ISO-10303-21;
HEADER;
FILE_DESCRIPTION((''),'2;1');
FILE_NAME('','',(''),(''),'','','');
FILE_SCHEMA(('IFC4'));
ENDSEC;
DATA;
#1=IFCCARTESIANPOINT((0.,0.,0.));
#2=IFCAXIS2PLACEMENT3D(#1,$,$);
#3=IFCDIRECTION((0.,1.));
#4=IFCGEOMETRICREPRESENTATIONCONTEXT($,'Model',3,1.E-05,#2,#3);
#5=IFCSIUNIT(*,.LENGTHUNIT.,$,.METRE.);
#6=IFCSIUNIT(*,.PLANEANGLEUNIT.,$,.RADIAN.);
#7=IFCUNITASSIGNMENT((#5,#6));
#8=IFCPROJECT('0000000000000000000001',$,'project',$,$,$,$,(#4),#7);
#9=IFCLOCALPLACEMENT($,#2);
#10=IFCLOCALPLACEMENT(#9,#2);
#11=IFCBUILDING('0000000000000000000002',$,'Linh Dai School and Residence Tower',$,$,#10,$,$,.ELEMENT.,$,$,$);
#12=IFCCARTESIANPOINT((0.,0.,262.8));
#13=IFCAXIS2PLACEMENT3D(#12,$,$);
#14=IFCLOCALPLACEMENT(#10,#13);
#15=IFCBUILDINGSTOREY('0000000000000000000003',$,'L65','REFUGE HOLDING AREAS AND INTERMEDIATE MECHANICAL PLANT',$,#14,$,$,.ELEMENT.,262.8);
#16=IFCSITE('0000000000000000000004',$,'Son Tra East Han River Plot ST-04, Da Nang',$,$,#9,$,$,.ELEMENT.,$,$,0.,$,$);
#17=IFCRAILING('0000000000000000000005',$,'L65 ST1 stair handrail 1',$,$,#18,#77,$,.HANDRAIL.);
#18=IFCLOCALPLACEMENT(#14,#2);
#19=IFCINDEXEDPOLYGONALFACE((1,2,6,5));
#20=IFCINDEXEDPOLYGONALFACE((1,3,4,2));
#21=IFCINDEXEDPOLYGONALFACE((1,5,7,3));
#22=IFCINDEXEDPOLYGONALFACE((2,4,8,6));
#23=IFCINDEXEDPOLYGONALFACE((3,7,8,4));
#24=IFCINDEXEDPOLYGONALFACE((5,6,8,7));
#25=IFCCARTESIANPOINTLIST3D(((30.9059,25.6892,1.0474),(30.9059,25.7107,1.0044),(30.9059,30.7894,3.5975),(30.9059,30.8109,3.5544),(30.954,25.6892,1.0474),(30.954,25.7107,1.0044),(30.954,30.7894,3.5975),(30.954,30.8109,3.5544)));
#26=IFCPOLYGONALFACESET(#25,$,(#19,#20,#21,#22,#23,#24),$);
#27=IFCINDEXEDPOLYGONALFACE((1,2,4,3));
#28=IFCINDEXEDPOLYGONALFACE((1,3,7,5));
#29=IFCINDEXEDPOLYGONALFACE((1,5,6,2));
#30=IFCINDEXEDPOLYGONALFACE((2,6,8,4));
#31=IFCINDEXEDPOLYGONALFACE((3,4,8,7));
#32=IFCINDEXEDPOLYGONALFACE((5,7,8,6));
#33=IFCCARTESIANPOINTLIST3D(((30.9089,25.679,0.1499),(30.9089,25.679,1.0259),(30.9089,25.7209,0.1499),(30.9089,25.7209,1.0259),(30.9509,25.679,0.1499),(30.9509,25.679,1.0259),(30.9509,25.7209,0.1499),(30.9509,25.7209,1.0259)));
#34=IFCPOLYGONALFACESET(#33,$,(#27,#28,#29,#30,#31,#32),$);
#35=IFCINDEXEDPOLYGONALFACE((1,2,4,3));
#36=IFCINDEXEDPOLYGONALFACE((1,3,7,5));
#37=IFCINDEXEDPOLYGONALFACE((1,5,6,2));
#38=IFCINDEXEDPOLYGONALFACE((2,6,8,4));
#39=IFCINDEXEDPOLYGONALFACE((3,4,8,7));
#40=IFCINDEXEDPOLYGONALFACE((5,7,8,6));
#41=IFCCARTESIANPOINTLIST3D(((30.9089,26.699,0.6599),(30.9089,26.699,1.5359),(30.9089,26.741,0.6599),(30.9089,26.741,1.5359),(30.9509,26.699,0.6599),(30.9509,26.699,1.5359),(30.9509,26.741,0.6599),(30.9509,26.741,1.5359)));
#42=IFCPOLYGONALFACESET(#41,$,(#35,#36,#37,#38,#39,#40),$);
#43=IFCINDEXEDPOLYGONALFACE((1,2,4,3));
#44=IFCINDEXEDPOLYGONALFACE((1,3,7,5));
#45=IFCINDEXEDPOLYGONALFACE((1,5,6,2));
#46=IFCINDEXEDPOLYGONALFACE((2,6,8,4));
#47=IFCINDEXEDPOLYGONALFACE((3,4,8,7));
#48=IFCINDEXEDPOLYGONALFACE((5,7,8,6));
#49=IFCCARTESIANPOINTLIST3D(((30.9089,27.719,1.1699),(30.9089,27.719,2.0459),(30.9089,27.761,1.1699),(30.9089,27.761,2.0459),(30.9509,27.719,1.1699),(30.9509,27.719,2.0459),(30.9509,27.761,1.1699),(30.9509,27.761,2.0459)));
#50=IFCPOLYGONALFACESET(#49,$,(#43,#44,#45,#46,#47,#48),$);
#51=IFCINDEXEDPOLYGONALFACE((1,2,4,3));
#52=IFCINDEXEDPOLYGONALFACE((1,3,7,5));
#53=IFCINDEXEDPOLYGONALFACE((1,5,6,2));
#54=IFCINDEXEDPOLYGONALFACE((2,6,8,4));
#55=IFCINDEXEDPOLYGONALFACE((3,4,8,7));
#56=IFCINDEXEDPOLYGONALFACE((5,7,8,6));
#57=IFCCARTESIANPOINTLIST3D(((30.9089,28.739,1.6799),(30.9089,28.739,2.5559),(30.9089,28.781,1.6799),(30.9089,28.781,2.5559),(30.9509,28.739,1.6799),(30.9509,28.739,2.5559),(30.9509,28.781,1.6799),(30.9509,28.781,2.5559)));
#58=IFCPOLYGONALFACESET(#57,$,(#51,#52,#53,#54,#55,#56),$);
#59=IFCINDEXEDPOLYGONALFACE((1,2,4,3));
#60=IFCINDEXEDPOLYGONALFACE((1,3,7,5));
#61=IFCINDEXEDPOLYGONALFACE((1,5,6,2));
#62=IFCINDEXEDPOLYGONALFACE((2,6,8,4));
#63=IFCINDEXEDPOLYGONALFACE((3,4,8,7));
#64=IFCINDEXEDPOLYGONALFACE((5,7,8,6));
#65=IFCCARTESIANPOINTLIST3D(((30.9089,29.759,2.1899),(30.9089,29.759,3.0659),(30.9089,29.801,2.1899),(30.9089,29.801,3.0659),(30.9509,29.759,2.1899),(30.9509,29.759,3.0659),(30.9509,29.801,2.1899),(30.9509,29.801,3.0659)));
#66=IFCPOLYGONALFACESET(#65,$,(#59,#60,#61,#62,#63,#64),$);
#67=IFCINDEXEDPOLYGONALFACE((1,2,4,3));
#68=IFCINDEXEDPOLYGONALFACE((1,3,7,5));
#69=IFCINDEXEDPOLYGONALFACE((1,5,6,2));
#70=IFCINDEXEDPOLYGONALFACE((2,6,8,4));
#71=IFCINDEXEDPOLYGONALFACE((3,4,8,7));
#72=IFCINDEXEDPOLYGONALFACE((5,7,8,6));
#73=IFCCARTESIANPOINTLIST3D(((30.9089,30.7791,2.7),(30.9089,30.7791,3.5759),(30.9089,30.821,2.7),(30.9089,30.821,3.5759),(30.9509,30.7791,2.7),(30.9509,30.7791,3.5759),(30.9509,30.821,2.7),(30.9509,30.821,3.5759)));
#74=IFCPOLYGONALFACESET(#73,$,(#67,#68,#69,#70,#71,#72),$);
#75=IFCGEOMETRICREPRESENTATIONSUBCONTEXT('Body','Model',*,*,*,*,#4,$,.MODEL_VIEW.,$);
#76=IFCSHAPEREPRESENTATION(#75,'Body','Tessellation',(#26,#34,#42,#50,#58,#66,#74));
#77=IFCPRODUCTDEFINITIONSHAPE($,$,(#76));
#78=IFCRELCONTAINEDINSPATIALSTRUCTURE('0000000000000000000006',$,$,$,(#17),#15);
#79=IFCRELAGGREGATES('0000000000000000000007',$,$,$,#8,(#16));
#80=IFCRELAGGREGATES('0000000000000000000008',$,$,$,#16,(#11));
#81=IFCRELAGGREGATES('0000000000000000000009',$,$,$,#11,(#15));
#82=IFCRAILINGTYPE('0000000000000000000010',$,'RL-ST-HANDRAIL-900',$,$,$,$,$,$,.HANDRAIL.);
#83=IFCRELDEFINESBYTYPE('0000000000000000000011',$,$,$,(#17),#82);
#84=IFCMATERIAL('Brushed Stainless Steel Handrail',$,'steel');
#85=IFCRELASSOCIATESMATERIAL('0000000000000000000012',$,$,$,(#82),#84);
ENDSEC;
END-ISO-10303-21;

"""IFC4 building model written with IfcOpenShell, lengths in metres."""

from ifc_helpers import new_model, si_unit, direction, frame, origin, origin_2d, place, context, subcontext, project, spatial, rectangle, extrude, source, transform, mapped, material, type_object, element, save


model = new_model("IFC4")

# Units and contexts
model_context = context("Model", 3, precision=1e-05, world=origin(), true_north=direction((0.0, 1.0)))
body_context = subcontext(model_context, "Body", "Model", "MODEL_VIEW")
ifc_project = project(units=[si_unit("LENGTHUNIT", "METRE"), si_unit("PLANEANGLEUNIT", "RADIAN")], contexts=[model_context])

# Site, building, storey
site_placement = place(None, origin())
site = spatial("IfcSite", under=ifc_project, at=site_placement, Name="Son Tra East Han River Plot ST-04, Da Nang", CompositionType="ELEMENT", RefElevation=0.0)
building_placement = place(site_placement, origin())
building = spatial("IfcBuilding", under=site, at=building_placement, Name="Linh Dai School and Residence Tower", CompositionType="ELEMENT")
storey_placement = place(building_placement, frame((0.0, 0.0, 262.8)))
storey = spatial("IfcBuildingStorey", under=building, at=storey_placement, Name="L65", Description="REFUGE HOLDING AREAS AND INTERMEDIATE MECHANICAL PLANT", CompositionType="ELEMENT", Elevation=262.8)

# Railing
ifc_material_1 = material(Name="Brushed Stainless Steel Handrail", Category="steel")
railing_type_1 = type_object("IfcRailingType", Name="RL-ST-HANDRAIL-900", PredefinedType="HANDRAIL", material=ifc_material_1)
shared_shape_1 = source(origin(), body_context, "Body", "SweptSolid", [
    extrude(rectangle(XDim=0.0481, YDim=0.0481, at=origin_2d()), frame((0.0, 0.0, 0.876), z_axis=(0.0, 0.894427, 0.447214), x_axis=(-1.0, 0.0, 0.0)), (0.0, 0.0, 1.0), 5.7021),
    extrude(rectangle(XDim=0.042, YDim=0.042, at=origin_2d()), origin(), (0.0, 0.0, 1.0), 0.876),
    extrude(rectangle(XDim=0.042, YDim=0.042, at=origin_2d()), frame((0.0, 1.02, 0.51)), (0.0, 0.0, 1.0), 0.876),
    extrude(rectangle(XDim=0.042, YDim=0.042, at=origin_2d()), frame((0.0, 2.04, 1.02)), (0.0, 0.0, 1.0), 0.876),
    extrude(rectangle(XDim=0.042, YDim=0.042, at=origin_2d()), frame((0.0, 3.0601, 1.53)), (0.0, 0.0, 1.0), 0.876),
    extrude(rectangle(XDim=0.042, YDim=0.042, at=origin_2d()), frame((0.0, 4.0801, 2.04)), (0.0, 0.0, 1.0), 0.876),
    extrude(rectangle(XDim=0.042, YDim=0.042, at=origin_2d()), frame((0.0, 5.1001, 2.55)), (0.0, 0.0, 1.0), 0.876),
])
railing_1_placement = place(storey_placement, frame((30.9299, 25.7, 0.1499)))
element("IfcRailing", 1, at=railing_1_placement, inside=storey, type_object=railing_type_1, Name="L65 ST1 stair handrail 1", PredefinedType="HANDRAIL", context=body_context, shape_type="MappedRepresentation", body=[
    mapped(shared_shape_1, transform((0.0, 0.0, 0.0), x_axis=(1.0, 0.0, 0.0), y_axis=(0.0, 1.0, 0.0), z_axis=(0.0, 0.0, 1.0), scale=1.0)),
])

save(model, "model.ifc")
